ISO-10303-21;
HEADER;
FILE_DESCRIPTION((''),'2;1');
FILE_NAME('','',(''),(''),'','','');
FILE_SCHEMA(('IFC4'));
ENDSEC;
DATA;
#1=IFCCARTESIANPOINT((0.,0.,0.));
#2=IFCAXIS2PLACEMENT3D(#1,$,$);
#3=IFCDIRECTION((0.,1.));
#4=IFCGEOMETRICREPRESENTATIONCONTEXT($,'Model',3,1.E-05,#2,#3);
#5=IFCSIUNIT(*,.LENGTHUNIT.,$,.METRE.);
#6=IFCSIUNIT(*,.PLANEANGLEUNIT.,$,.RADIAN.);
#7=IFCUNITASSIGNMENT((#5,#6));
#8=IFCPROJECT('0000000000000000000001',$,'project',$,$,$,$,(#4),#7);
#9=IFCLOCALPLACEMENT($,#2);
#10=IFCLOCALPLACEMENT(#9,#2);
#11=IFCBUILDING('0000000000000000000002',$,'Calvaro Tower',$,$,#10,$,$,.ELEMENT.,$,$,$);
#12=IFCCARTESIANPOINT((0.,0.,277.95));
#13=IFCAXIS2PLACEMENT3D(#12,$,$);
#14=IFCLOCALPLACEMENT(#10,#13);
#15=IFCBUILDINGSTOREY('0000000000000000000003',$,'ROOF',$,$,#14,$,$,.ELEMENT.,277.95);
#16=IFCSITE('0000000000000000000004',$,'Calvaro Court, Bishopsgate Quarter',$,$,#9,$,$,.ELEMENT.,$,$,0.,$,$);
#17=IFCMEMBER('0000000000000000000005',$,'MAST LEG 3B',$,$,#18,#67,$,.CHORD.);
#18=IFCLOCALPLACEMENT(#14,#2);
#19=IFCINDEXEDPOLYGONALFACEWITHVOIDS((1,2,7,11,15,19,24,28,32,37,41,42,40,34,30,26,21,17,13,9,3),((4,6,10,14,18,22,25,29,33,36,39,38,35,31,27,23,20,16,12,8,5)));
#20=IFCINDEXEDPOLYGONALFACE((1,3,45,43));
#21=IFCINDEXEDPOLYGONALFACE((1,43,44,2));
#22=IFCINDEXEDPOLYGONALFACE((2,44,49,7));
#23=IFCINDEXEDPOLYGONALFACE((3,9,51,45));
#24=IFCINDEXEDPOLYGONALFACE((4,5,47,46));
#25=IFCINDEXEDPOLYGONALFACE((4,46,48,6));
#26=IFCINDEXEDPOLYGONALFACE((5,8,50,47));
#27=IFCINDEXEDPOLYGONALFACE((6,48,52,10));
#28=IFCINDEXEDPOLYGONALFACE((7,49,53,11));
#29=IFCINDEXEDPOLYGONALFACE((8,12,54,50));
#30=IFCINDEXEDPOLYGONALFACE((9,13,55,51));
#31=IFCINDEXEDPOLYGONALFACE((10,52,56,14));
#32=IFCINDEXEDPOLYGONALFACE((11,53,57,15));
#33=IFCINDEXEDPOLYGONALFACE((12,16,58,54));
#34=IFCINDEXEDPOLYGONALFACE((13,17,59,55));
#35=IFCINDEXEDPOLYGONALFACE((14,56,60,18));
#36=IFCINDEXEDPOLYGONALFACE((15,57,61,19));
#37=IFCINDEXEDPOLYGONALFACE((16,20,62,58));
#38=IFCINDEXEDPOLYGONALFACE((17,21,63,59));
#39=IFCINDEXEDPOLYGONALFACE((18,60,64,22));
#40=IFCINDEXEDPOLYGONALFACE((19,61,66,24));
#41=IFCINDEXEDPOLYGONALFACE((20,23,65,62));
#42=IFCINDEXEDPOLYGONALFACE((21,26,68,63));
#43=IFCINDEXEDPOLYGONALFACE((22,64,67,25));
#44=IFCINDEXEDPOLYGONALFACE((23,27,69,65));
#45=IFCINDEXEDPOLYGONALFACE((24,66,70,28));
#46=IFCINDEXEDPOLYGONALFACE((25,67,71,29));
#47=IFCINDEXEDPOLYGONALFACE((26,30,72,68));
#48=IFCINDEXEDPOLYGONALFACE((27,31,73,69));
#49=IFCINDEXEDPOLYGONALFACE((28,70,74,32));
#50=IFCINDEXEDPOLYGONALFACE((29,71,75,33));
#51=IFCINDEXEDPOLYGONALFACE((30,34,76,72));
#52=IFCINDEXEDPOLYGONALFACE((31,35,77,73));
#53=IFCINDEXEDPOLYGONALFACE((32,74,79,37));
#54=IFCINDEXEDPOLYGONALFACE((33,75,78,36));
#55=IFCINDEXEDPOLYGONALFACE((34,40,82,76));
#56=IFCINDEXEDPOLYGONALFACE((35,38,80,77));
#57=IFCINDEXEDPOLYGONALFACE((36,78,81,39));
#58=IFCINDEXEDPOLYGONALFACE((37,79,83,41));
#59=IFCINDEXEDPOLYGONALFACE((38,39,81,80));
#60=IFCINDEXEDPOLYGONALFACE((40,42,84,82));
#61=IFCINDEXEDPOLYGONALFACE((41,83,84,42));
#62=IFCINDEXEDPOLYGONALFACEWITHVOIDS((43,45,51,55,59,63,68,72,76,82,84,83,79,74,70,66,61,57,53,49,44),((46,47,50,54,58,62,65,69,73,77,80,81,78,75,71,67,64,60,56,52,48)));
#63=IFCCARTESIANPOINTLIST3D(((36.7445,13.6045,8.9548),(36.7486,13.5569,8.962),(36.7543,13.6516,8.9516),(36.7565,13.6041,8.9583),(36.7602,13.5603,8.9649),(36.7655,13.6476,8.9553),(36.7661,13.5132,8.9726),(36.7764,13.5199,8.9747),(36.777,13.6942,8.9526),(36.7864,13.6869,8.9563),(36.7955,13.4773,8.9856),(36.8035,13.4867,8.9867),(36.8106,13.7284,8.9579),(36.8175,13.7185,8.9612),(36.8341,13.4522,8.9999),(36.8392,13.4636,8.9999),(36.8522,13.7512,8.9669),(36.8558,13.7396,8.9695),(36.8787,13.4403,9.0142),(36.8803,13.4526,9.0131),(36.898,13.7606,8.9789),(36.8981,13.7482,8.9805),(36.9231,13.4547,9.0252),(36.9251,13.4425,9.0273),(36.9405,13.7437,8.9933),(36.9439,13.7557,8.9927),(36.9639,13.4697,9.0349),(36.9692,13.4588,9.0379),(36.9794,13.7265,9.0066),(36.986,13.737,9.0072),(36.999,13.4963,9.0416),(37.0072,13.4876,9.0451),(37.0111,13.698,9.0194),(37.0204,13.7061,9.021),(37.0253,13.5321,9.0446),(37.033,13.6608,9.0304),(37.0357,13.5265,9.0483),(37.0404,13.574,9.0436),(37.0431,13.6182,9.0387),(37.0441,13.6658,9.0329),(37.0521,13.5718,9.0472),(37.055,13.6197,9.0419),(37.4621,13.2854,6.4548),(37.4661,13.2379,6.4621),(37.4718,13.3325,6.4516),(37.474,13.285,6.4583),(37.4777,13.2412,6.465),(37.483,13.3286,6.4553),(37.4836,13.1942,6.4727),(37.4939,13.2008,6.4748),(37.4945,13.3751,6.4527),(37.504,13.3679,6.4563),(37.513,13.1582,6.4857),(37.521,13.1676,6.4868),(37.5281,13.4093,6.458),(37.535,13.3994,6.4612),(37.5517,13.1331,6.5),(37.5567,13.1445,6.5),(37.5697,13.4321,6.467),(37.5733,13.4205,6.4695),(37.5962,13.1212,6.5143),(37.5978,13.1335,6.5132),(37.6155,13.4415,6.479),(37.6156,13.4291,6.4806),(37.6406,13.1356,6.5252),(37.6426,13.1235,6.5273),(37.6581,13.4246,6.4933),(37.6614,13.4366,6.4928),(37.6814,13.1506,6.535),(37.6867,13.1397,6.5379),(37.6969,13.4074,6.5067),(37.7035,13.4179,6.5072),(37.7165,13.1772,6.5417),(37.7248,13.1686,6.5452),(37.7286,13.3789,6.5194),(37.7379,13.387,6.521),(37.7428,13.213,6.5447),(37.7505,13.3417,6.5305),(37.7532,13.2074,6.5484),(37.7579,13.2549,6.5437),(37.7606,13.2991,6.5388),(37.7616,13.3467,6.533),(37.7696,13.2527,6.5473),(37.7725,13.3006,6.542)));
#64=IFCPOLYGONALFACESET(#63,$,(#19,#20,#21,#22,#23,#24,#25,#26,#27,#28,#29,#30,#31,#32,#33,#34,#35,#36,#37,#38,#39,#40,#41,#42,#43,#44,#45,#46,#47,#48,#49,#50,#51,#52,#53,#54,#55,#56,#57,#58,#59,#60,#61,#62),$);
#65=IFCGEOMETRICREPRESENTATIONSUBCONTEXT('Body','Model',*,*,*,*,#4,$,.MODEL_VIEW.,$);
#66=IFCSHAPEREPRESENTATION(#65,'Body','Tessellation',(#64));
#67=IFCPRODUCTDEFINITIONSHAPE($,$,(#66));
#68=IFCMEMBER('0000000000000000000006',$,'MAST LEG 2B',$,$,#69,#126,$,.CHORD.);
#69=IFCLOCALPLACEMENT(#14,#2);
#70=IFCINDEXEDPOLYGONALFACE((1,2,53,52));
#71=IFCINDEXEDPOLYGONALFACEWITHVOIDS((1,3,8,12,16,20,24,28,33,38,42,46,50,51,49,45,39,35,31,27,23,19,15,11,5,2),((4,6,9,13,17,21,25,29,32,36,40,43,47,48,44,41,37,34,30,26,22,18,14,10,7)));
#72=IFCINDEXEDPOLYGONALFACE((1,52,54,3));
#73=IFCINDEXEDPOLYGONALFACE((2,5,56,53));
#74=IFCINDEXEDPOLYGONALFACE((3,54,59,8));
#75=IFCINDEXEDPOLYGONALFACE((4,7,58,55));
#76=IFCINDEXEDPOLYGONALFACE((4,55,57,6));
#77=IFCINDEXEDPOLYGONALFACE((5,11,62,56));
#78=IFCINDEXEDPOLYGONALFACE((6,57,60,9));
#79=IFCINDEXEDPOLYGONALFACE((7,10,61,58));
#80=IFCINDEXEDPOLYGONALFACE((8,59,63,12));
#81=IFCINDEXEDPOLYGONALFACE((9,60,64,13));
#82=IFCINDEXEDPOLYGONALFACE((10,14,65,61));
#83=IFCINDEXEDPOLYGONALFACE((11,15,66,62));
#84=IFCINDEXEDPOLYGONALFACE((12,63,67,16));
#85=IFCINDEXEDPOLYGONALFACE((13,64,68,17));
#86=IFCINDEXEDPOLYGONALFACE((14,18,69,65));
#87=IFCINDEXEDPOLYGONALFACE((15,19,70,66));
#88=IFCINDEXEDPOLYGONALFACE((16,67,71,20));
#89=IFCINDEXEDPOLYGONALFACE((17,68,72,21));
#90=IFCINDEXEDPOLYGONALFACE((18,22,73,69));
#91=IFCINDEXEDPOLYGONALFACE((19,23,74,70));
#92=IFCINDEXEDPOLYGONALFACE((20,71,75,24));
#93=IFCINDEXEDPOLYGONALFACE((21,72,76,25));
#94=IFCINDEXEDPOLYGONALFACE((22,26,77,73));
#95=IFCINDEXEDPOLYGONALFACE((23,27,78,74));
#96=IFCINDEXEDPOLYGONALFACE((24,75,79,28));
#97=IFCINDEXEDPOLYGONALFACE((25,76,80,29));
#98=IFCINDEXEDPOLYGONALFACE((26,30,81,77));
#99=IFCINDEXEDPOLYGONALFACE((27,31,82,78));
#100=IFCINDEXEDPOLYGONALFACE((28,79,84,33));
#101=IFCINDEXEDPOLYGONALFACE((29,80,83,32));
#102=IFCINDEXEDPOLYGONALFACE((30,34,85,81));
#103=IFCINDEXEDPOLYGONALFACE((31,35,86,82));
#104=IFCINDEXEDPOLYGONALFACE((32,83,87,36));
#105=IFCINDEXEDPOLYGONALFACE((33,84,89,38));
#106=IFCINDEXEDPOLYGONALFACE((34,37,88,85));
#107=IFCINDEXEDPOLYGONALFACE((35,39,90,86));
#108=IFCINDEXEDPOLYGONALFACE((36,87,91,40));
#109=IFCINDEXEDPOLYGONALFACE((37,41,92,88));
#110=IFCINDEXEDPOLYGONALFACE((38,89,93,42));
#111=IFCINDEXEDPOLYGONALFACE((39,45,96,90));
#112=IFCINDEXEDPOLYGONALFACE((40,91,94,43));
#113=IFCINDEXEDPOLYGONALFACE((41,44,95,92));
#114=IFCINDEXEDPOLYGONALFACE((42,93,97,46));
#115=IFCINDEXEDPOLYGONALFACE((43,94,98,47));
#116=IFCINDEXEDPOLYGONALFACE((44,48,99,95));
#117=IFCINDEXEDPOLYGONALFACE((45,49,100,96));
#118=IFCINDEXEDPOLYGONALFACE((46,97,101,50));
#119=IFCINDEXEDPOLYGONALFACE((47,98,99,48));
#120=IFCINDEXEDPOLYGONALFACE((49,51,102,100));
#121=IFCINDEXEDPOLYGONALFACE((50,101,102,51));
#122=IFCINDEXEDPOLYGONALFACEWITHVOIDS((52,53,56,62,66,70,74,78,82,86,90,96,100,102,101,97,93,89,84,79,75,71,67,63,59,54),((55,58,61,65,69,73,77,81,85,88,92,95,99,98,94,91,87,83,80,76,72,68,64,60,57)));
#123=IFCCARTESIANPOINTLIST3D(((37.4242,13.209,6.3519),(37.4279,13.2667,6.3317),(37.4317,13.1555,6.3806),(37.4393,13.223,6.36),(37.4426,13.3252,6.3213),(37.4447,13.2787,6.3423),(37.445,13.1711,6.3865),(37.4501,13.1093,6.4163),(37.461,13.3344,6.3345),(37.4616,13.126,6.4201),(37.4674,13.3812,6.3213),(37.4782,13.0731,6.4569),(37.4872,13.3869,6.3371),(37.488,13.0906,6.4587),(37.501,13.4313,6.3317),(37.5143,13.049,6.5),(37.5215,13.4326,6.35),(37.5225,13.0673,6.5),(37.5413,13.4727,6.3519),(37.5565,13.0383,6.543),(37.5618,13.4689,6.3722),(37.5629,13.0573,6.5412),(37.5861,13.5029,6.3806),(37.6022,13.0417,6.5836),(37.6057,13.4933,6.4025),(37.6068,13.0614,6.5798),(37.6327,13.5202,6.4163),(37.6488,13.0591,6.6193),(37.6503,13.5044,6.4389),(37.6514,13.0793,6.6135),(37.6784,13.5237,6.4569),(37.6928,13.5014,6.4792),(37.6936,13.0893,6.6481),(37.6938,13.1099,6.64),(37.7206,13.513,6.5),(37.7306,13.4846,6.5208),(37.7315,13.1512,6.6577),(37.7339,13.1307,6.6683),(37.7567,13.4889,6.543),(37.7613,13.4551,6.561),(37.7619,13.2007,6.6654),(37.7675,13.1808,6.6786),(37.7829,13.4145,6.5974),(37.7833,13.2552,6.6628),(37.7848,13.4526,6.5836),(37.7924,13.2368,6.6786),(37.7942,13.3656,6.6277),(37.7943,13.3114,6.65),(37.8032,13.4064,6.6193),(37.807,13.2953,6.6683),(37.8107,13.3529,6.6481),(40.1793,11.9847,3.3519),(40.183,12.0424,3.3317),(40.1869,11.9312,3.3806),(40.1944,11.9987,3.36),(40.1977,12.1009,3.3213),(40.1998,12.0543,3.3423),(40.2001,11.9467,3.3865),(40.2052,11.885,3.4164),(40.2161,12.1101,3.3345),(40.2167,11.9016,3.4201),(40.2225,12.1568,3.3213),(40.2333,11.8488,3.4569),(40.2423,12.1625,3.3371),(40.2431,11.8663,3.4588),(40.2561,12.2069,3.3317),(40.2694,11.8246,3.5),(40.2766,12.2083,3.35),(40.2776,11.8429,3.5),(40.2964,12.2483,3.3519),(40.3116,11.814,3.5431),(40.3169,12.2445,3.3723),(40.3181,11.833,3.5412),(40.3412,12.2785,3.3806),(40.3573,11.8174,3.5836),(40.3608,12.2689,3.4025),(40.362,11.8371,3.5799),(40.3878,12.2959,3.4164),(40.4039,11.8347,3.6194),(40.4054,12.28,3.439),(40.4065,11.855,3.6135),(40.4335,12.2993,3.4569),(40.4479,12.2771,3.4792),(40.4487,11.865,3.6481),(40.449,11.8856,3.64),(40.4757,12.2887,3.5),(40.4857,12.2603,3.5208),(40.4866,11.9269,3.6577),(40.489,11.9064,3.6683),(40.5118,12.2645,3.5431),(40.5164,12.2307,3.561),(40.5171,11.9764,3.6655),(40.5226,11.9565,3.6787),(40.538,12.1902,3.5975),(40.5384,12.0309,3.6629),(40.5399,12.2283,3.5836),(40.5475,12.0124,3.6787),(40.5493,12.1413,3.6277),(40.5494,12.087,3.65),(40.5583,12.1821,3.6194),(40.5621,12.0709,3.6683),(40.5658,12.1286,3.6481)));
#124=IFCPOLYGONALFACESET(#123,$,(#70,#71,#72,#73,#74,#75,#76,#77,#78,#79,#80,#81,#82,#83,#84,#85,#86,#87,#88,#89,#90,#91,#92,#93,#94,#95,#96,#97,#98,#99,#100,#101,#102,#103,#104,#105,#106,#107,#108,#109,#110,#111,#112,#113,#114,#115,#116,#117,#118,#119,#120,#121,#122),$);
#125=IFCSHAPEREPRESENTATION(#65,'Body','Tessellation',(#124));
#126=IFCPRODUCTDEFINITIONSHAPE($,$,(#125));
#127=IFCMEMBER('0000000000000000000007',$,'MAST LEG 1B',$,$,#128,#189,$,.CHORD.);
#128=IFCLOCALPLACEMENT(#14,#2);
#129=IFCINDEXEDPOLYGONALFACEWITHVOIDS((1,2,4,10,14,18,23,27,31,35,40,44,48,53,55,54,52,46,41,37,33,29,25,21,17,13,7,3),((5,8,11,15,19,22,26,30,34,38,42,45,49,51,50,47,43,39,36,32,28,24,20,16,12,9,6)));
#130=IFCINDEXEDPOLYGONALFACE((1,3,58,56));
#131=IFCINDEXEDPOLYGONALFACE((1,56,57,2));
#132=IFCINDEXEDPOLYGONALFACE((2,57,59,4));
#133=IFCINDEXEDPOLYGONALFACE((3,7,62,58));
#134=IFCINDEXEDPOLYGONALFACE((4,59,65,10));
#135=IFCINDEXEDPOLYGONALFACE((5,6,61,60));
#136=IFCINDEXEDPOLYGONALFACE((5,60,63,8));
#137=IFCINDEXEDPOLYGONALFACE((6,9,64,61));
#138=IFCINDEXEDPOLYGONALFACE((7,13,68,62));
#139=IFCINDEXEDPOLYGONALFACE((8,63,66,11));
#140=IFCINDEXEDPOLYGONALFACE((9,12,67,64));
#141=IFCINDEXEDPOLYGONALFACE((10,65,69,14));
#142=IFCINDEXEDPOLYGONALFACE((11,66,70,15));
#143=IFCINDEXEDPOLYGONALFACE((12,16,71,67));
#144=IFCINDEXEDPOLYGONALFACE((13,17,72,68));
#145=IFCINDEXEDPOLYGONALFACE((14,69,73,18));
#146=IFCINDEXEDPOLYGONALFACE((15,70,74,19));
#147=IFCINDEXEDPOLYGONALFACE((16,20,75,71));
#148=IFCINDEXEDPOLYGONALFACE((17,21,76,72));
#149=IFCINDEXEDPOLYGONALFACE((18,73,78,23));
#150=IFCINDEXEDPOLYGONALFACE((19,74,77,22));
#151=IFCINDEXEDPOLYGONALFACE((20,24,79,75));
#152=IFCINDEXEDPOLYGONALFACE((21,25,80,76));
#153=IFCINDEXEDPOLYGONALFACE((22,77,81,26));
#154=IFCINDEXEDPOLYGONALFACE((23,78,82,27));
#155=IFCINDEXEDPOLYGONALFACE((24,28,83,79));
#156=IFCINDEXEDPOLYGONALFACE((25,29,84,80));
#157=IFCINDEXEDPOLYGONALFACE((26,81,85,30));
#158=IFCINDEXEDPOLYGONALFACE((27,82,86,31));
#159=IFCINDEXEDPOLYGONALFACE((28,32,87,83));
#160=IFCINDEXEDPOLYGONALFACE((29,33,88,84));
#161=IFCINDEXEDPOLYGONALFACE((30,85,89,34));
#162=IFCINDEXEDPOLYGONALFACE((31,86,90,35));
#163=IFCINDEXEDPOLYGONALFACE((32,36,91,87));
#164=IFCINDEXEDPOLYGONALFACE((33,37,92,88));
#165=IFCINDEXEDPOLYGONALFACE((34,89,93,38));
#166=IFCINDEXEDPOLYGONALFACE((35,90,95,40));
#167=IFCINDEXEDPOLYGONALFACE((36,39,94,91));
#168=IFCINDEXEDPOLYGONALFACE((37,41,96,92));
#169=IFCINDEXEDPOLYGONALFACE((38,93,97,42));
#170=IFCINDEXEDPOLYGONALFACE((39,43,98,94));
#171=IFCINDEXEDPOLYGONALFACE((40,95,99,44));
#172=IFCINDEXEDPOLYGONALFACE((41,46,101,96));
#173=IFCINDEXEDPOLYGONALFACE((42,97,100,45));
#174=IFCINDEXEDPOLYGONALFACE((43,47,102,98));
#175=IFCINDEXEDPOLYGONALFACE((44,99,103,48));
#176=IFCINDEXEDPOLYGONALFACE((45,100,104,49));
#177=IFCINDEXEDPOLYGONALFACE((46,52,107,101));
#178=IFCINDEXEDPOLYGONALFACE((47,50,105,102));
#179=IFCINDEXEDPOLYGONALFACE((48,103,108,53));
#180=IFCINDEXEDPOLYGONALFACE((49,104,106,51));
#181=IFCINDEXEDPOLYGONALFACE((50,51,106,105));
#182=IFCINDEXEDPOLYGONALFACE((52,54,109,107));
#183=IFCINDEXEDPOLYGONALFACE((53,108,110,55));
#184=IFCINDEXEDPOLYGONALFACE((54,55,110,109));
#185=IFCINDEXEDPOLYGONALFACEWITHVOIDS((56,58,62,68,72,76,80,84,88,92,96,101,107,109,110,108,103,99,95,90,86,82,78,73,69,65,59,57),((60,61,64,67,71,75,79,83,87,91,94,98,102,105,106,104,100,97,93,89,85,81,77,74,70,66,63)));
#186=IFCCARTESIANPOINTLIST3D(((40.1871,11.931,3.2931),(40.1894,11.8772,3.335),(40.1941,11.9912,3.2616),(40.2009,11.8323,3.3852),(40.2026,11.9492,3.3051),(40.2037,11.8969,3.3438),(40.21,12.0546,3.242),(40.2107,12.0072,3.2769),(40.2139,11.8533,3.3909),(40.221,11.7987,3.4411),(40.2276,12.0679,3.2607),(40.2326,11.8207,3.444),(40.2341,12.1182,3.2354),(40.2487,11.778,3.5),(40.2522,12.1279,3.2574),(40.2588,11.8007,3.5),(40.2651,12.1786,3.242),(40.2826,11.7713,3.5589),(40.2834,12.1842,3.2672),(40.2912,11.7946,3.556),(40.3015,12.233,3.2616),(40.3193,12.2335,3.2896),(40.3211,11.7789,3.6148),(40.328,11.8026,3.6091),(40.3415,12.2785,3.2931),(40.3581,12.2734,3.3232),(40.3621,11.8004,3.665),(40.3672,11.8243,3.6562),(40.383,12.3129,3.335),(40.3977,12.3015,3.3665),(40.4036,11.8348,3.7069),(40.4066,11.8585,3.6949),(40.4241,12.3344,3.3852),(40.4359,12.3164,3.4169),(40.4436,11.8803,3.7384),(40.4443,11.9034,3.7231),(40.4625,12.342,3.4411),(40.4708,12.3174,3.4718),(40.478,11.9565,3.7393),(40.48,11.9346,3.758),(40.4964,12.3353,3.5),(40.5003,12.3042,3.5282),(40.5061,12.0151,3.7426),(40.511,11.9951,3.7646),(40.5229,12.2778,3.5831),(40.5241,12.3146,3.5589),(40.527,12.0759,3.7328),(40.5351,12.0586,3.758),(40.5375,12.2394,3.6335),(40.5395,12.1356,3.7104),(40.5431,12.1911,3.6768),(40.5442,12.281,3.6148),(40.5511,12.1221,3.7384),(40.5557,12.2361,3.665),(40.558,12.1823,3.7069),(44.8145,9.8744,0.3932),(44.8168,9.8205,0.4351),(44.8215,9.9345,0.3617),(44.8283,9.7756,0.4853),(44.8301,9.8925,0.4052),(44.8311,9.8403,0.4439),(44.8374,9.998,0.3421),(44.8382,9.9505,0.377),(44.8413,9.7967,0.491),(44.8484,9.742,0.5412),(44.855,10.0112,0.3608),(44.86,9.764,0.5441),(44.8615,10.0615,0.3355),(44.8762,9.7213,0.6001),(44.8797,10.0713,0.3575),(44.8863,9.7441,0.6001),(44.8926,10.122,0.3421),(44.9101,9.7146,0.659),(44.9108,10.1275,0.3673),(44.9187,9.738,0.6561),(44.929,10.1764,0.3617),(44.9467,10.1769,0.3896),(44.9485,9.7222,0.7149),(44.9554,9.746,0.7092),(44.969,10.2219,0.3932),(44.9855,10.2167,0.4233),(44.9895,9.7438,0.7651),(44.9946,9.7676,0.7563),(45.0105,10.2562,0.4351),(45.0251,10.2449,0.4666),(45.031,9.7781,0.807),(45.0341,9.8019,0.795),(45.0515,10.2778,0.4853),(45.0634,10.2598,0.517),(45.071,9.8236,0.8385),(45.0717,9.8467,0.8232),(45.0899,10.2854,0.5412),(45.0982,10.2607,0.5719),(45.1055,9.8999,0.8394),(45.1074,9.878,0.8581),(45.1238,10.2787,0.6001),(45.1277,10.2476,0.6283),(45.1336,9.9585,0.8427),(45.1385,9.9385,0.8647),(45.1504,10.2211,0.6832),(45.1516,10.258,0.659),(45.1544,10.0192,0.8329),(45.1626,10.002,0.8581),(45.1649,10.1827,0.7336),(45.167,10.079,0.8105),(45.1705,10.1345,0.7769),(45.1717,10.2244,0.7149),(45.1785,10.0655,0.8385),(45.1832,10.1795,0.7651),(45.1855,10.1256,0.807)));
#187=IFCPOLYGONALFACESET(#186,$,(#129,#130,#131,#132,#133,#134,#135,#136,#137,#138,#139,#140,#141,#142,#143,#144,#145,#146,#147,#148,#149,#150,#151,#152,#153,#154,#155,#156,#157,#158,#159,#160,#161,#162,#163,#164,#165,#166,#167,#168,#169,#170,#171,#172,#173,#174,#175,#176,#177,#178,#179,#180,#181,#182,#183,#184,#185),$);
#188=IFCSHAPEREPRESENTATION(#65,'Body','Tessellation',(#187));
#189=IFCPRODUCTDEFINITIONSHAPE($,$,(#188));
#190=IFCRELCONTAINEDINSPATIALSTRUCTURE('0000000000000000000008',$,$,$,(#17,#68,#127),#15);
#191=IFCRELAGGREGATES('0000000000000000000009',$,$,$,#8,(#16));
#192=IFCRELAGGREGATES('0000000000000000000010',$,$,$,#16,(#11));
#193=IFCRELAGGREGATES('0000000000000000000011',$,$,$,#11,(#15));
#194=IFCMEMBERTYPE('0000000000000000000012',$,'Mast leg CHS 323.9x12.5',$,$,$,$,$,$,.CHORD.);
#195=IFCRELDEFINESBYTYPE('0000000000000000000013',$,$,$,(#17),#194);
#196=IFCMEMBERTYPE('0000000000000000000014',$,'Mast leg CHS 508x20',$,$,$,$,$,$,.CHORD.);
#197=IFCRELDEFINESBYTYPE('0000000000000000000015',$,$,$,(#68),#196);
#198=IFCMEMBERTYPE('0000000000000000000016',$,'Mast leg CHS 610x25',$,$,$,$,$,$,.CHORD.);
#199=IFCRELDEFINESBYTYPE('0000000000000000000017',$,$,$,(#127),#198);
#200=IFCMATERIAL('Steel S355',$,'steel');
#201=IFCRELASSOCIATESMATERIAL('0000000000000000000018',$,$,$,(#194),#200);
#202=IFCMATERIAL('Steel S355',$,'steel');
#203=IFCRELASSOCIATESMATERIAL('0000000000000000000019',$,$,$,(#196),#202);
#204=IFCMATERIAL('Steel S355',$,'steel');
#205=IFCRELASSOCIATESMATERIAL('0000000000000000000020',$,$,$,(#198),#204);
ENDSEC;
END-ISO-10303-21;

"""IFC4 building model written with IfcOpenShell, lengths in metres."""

from ifc_helpers import new_model, si_unit, direction, frame, origin, origin_2d, place, context, subcontext, project, spatial, hollow_circle, extrude, material, material_profile, profile_set, type_object, element, save


model = new_model("IFC4")

# Units and contexts
model_context = context("Model", 3, precision=1e-05, world=origin(), true_north=direction((0.0, 1.0)))
body_context = subcontext(model_context, "Body", "Model", "MODEL_VIEW")
ifc_project = project(units=[si_unit("LENGTHUNIT", "METRE"), si_unit("PLANEANGLEUNIT", "RADIAN")], contexts=[model_context])

# Site, building, storey
site_placement = place(None, origin())
site = spatial("IfcSite", under=ifc_project, at=site_placement, Name="Calvaro Court, Bishopsgate Quarter", CompositionType="ELEMENT", RefElevation=0.0)
building_placement = place(site_placement, origin())
building = spatial("IfcBuilding", under=site, at=building_placement, Name="Calvaro Tower", CompositionType="ELEMENT")
storey_placement = place(building_placement, frame((0.0, 0.0, 277.95)))
storey = spatial("IfcBuildingStorey", under=building, at=storey_placement, Name="ROOF", CompositionType="ELEMENT", Elevation=277.95)

# Members
ifc_material_1 = material(Name="Steel S355", Category="steel")
ifc_material_profile_1 = material_profile(ifc_material_1, hollow_circle(Radius=0.1619, WallThickness=0.0125, at=origin_2d()), Name="CHS 323.9x12.5")
ifc_profile_set_1 = profile_set([ifc_material_profile_1], Name="Steel S355")
member_type_1 = type_object("IfcMemberType", Name="Mast leg CHS 323.9x12.5", PredefinedType="CHORD", material=ifc_profile_set_1)
member_1_placement = place(storey_placement, frame((37.6174, 13.281, 6.5), z_axis=(-0.273821, 0.121771, 0.954041), x_axis=(-0.40634, -0.913722, 0.0)))
element("IfcMember", 1, at=member_1_placement, inside=storey, type_object=member_type_1, Name="MAST LEG 3B", PredefinedType="CHORD", context=body_context, shape_type="SweptSolid", body=[
    extrude(hollow_circle(Radius=0.1619, WallThickness=0.0125, at=origin_2d()), origin(), (0.0, 0.0, 1.0), 2.6204),
])
ifc_material_2 = material(Name="Steel S355", Category="steel")
ifc_material_profile_2 = material_profile(ifc_material_2, hollow_circle(Radius=0.2539, WallThickness=0.02, at=origin_2d()), Name="CHS 508x20")
ifc_profile_set_2 = profile_set([ifc_material_profile_2], Name="Steel S355")
member_type_2 = type_object("IfcMemberType", Name="Mast leg CHS 508x20", PredefinedType="CHORD", material=ifc_profile_set_2)
member_2_placement = place(storey_placement, frame((40.3726, 12.0566, 3.5), z_axis=(-0.647776, 0.287869, 0.70535), x_axis=(-0.406101, -0.913828, 0.0)))
element("IfcMember", 2, at=member_2_placement, inside=storey, type_object=member_type_2, Name="MAST LEG 2B", PredefinedType="CHORD", context=body_context, shape_type="SweptSolid", body=[
    extrude(hollow_circle(Radius=0.2539, WallThickness=0.02, at=origin_2d()), origin(), (0.0, 0.0, 1.0), 4.2532),
])
ifc_material_3 = material(Name="Steel S355", Category="steel")
ifc_material_profile_3 = material_profile(ifc_material_3, hollow_circle(Radius=0.3049, WallThickness=0.0249, at=origin_2d()), Name="CHS 610x25")
ifc_profile_set_3 = profile_set([ifc_material_profile_3], Name="Steel S355")
member_type_3 = type_object("IfcMemberType", Name="Mast leg CHS 610x25", PredefinedType="CHORD", material=ifc_profile_set_3)
member_3_placement = place(storey_placement, frame((45.0, 10.0, 0.6001), z_axis=(-0.792989, 0.352439, 0.496946), x_axis=(-0.406138, -0.913812, 0.0)))
element("IfcMember", 3, at=member_3_placement, inside=storey, type_object=member_type_3, Name="MAST LEG 1B", PredefinedType="CHORD", context=body_context, shape_type="SweptSolid", body=[
    extrude(hollow_circle(Radius=0.3049, WallThickness=0.0249, at=origin_2d()), origin(), (0.0, 0.0, 1.0), 5.8354),
])

save(model, "model.ifc")
